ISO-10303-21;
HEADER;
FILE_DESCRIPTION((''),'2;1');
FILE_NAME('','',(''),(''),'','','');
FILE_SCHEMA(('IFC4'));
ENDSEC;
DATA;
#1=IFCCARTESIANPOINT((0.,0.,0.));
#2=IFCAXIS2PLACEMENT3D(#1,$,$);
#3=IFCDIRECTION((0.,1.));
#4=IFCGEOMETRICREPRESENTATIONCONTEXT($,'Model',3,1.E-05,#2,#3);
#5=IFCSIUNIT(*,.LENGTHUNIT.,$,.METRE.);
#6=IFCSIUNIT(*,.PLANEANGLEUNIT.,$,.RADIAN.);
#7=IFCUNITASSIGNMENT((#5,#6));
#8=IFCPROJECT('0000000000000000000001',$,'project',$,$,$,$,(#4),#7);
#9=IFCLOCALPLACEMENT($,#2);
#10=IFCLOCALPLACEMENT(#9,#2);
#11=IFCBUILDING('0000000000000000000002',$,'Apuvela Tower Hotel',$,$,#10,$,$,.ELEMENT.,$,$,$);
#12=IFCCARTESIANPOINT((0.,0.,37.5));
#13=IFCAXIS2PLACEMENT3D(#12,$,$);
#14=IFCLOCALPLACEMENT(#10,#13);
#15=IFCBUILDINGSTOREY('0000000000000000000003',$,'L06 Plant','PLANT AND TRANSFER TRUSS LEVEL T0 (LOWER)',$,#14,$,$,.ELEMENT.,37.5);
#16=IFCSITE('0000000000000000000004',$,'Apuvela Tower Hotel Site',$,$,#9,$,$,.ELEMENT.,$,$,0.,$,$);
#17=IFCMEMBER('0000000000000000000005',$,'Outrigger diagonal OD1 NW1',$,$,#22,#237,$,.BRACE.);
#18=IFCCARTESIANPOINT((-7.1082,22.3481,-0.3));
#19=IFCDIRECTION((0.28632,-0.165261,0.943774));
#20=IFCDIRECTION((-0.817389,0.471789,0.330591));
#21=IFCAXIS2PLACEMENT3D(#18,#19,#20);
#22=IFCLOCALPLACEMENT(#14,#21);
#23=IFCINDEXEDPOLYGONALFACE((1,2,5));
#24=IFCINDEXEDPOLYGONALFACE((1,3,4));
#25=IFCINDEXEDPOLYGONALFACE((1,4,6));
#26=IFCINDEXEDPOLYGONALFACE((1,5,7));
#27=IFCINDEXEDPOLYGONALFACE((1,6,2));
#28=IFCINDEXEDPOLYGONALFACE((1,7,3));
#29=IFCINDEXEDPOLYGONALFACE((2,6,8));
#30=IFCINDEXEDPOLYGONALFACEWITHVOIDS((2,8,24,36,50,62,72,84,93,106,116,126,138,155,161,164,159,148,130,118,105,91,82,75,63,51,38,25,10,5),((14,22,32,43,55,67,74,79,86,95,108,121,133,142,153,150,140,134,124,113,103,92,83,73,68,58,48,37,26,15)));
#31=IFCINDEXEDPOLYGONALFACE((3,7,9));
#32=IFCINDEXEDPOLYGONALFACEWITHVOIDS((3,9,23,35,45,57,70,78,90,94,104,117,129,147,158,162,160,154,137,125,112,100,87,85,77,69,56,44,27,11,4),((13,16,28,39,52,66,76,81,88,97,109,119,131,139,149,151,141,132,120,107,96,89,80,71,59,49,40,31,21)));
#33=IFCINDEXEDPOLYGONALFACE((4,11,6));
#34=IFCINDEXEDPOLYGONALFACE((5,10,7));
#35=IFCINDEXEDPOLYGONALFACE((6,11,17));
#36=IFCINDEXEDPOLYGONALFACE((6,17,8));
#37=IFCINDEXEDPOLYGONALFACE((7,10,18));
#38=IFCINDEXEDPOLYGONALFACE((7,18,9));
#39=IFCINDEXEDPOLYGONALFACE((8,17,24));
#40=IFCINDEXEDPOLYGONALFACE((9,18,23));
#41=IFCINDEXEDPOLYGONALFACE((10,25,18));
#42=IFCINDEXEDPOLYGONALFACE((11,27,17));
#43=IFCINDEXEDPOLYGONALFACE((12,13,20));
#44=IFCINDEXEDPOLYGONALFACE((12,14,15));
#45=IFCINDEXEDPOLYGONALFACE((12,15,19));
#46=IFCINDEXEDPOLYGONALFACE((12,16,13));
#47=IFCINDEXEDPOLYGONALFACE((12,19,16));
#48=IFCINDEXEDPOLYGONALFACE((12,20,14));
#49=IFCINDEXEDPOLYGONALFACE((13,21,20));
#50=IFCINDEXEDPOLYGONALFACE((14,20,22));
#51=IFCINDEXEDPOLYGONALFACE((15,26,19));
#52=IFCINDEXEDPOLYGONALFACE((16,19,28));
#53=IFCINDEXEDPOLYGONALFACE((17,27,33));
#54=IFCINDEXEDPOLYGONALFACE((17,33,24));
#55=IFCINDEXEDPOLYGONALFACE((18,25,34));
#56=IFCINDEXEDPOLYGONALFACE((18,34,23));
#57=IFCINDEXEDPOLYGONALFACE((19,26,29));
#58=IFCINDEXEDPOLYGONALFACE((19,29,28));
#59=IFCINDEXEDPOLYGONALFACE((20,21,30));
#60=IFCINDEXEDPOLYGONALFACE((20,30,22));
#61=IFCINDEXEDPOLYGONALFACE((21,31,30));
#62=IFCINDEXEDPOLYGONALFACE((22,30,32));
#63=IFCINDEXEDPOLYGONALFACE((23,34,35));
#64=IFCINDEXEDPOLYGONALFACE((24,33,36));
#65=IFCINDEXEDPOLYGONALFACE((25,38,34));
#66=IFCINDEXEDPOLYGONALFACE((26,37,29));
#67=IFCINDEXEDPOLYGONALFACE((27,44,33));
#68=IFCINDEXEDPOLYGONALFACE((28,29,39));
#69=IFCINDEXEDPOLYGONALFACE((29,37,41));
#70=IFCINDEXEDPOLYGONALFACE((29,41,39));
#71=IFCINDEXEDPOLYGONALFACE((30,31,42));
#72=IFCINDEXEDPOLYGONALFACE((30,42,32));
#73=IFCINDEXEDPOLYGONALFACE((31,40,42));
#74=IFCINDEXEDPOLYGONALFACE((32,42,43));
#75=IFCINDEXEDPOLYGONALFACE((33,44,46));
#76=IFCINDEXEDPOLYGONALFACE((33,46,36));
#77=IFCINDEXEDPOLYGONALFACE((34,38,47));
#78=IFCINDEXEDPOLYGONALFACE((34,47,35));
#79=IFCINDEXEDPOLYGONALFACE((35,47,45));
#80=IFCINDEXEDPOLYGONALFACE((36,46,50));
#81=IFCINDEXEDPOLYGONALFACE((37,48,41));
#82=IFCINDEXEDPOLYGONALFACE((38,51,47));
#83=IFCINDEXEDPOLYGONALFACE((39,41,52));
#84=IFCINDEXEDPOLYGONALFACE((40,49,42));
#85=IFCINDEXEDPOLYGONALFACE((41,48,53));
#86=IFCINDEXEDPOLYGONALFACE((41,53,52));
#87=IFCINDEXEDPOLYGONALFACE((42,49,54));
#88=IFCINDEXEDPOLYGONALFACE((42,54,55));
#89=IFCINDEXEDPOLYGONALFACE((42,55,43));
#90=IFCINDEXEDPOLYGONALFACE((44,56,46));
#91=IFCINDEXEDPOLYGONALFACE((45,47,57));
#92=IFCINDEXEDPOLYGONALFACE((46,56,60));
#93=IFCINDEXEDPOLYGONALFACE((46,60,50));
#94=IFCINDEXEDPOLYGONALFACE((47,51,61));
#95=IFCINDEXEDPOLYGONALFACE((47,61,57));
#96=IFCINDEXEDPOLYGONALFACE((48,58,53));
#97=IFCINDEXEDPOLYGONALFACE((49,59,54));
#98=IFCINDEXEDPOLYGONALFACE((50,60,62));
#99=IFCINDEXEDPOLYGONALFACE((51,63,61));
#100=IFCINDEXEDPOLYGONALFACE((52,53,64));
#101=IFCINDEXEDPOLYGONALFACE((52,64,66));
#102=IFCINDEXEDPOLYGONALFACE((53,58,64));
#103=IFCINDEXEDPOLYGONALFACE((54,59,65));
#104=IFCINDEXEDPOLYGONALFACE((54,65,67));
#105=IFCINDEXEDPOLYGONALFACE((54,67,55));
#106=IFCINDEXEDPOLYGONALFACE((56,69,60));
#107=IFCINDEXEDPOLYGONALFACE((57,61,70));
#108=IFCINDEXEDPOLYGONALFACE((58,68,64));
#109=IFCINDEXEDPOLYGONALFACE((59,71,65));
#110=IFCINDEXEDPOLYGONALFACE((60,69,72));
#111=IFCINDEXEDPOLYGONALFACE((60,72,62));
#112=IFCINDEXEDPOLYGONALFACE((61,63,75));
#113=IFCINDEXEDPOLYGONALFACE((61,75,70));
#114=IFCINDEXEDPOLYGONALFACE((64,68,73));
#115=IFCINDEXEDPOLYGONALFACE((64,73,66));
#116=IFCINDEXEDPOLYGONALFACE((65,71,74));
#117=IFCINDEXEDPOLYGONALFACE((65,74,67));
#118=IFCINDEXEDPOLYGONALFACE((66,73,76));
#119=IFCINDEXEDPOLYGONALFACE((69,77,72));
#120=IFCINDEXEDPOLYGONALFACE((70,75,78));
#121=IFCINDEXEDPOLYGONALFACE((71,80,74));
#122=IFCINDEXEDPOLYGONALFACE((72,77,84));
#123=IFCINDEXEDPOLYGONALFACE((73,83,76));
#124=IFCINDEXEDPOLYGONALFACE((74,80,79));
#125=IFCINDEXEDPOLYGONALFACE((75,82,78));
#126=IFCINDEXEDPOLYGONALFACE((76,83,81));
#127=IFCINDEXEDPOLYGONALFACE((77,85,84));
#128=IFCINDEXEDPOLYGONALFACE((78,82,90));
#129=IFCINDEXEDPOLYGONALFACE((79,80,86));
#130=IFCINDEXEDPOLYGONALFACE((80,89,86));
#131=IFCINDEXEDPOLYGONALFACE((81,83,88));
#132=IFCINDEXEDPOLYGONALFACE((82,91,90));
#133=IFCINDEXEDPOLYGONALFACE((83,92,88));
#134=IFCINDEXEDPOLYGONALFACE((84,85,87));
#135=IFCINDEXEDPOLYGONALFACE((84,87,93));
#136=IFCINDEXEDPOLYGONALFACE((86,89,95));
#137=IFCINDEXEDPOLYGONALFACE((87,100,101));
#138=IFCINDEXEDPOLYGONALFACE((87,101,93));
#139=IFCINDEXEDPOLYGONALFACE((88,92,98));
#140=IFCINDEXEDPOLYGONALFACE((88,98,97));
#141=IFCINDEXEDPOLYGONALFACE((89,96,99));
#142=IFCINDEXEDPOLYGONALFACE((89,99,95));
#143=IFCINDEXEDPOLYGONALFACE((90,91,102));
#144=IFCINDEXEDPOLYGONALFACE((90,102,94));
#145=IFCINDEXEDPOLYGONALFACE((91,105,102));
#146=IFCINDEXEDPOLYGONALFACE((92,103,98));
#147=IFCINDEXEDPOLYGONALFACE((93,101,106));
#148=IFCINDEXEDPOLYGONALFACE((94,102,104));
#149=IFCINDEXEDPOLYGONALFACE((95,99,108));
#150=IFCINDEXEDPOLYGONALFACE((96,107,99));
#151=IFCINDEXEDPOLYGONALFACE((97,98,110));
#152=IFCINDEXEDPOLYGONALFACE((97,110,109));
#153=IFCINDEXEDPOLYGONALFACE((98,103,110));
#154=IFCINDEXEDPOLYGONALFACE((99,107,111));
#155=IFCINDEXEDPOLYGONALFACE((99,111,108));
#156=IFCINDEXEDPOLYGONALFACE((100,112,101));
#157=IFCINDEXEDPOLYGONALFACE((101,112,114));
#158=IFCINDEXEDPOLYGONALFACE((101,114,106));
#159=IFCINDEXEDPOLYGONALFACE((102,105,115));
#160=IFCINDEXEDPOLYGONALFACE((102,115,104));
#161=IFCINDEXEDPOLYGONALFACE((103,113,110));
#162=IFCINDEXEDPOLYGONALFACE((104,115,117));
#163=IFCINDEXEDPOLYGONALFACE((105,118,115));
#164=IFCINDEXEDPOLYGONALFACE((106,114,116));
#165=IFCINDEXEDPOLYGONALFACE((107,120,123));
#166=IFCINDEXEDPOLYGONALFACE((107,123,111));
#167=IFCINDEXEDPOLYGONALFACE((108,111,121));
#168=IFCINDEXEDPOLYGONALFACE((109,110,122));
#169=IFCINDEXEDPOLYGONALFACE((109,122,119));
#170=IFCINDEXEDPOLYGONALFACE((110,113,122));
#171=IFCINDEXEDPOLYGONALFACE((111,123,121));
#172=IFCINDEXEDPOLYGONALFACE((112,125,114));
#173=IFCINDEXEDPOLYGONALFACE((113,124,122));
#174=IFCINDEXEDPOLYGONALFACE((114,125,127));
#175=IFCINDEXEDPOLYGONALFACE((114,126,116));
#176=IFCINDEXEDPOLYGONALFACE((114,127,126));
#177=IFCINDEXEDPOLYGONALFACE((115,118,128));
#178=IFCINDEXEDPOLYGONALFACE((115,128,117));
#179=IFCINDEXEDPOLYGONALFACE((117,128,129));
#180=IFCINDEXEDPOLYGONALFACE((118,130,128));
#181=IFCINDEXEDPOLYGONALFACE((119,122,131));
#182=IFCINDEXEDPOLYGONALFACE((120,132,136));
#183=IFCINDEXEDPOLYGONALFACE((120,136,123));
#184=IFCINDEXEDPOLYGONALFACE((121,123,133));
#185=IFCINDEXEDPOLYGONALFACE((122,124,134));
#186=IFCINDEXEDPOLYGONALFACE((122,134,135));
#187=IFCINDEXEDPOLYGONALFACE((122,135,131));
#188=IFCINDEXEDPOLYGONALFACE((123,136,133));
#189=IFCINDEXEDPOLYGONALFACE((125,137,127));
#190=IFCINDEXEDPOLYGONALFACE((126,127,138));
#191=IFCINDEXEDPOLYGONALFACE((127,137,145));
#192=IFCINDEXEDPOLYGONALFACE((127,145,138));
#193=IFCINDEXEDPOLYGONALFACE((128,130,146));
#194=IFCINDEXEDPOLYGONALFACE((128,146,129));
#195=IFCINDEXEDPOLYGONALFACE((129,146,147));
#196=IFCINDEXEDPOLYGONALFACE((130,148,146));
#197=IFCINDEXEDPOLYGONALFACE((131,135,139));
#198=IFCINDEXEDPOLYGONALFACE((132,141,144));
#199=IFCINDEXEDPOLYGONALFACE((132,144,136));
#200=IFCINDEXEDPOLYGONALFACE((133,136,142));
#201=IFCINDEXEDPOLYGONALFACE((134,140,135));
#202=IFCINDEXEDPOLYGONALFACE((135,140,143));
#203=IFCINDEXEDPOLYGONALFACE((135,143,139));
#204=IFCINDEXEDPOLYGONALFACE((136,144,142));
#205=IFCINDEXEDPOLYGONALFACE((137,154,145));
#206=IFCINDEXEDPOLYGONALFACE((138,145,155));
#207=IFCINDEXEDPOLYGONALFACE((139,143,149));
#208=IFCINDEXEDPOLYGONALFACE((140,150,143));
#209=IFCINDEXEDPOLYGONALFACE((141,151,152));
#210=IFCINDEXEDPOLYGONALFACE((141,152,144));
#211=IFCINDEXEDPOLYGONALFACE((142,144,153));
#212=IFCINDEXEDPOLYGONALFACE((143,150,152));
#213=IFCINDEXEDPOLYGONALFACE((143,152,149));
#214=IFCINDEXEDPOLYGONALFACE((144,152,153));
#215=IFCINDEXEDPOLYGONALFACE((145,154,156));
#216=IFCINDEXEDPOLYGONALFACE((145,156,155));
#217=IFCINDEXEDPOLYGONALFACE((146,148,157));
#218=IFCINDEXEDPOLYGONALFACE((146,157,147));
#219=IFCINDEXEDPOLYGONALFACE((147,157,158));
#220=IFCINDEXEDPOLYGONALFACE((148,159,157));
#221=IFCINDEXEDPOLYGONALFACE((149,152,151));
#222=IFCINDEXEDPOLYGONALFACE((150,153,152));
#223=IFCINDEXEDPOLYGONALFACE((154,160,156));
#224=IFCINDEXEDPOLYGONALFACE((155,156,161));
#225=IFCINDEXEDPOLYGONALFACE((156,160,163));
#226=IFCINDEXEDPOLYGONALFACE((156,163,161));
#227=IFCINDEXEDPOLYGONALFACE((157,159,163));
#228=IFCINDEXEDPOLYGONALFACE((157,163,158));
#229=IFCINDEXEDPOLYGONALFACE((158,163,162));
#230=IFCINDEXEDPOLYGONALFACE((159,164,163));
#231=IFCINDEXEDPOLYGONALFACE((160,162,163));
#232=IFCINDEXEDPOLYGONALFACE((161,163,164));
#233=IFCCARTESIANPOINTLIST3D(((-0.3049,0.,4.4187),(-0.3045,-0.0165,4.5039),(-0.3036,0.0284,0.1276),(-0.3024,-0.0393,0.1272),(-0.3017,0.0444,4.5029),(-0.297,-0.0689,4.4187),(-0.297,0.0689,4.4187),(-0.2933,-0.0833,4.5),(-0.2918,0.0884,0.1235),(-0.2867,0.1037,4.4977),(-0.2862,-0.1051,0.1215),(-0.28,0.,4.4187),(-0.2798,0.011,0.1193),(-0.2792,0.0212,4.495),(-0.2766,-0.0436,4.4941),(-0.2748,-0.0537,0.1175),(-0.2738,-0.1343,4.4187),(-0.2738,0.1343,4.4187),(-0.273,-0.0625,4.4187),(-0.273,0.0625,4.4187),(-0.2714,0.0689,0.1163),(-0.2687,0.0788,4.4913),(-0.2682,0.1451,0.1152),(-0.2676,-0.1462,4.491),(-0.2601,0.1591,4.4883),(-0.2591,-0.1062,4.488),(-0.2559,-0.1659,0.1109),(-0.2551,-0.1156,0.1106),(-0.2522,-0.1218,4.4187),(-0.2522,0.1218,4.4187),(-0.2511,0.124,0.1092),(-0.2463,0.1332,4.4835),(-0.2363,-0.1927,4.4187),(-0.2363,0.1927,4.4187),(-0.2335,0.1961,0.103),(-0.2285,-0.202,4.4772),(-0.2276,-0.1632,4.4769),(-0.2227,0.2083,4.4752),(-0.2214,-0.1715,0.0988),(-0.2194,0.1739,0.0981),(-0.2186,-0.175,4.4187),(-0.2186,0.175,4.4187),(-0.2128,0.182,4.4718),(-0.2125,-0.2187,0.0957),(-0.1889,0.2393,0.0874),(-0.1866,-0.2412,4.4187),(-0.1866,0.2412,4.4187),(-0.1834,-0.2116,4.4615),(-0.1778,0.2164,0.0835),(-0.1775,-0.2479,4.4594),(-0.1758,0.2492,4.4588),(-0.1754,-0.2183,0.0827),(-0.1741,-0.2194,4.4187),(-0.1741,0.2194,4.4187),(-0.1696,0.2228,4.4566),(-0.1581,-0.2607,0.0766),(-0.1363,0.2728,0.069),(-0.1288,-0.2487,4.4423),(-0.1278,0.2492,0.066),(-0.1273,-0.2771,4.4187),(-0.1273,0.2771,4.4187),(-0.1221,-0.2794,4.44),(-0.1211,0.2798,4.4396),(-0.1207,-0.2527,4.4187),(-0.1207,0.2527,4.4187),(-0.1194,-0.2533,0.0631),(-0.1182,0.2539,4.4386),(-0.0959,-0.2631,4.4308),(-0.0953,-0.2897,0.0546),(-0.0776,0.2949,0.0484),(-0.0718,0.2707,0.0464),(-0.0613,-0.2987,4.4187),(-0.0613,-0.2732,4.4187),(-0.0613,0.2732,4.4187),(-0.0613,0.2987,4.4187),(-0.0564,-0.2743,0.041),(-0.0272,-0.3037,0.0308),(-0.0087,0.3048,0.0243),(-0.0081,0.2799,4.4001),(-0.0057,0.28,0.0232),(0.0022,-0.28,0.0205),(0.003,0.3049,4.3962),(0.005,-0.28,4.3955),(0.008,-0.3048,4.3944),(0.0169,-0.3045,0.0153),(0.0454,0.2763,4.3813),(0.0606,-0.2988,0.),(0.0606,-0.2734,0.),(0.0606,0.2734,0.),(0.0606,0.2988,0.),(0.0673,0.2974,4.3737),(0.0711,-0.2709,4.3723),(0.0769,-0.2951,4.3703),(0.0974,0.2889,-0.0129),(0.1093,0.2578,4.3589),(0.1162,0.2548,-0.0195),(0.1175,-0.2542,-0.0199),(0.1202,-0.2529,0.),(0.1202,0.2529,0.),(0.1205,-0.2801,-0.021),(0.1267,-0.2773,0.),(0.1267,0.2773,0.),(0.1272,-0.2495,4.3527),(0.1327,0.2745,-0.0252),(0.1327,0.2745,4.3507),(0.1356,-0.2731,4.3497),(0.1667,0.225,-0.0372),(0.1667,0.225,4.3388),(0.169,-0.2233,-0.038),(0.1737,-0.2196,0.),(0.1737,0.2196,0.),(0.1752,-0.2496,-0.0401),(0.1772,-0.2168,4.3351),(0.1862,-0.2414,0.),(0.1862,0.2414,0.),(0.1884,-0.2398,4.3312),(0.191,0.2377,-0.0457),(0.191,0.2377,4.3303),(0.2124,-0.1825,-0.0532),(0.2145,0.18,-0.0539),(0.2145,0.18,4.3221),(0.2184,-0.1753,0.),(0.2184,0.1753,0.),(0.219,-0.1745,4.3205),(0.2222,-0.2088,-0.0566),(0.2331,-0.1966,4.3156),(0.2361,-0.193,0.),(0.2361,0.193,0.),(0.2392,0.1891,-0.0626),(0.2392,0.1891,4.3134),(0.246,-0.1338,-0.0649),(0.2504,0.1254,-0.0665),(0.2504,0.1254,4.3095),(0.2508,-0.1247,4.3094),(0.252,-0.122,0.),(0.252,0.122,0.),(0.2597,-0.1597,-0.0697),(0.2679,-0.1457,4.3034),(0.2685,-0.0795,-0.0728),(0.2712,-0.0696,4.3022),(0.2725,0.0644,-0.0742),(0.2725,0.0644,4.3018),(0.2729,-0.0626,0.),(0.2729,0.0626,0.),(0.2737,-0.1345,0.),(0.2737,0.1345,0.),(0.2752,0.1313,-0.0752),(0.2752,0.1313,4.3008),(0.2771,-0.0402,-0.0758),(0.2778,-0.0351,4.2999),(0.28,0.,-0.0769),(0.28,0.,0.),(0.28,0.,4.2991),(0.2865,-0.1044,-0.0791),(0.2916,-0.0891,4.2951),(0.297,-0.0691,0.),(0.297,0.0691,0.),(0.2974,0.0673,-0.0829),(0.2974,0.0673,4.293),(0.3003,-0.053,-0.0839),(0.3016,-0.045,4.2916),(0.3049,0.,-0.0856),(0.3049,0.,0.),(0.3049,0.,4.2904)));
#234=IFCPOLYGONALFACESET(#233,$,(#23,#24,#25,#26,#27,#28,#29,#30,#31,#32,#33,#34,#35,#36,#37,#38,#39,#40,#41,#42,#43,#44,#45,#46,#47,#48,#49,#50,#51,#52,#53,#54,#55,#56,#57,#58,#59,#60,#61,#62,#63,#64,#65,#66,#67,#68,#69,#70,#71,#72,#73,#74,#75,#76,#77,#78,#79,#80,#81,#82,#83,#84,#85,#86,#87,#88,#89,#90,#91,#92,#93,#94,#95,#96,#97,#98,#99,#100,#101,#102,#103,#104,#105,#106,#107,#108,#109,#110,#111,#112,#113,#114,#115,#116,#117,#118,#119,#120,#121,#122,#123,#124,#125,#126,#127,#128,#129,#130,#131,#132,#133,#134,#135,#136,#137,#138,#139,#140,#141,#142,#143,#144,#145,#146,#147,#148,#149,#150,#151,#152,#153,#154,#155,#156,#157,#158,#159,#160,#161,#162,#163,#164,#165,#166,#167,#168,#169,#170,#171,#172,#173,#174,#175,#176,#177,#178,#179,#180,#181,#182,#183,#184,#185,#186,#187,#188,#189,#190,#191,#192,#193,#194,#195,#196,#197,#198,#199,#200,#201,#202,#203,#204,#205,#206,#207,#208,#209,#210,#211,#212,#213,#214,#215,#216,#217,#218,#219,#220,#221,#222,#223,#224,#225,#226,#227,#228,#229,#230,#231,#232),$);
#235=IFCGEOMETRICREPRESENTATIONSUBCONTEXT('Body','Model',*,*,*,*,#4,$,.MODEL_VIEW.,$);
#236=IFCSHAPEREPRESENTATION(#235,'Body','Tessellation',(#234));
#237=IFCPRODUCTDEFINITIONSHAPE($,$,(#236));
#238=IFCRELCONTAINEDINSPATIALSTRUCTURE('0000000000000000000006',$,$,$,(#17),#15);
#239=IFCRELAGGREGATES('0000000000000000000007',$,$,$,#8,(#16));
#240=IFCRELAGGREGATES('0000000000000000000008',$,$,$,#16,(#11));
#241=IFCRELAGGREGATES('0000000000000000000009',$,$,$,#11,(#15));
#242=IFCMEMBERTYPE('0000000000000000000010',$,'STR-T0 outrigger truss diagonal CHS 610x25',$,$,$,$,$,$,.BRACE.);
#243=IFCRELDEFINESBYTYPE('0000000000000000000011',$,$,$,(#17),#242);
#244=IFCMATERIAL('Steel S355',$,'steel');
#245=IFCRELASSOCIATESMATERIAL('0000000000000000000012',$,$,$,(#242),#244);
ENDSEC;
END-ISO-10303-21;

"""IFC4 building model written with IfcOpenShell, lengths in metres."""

from ifc_helpers import new_model, si_unit, direction, frame, origin, origin_2d, place, context, subcontext, project, spatial, hollow_circle, extrude, boolean, halfspace, material, material_profile, profile_set, type_object, element, save


model = new_model("IFC4")

# Units and contexts
model_context = context("Model", 3, precision=1e-05, world=origin(), true_north=direction((0.0, 1.0)))
body_context = subcontext(model_context, "Body", "Model", "MODEL_VIEW")
ifc_project = project(units=[si_unit("LENGTHUNIT", "METRE"), si_unit("PLANEANGLEUNIT", "RADIAN")], contexts=[model_context])

# Site, building, storey
site_placement = place(None, origin())
site = spatial("IfcSite", under=ifc_project, at=site_placement, Name="Apuvela Tower Hotel Site", CompositionType="ELEMENT", RefElevation=0.0)
building_placement = place(site_placement, origin())
building = spatial("IfcBuilding", under=site, at=building_placement, Name="Apuvela Tower Hotel", CompositionType="ELEMENT")
storey_placement = place(building_placement, frame((0.0, 0.0, 37.5)))
storey = spatial("IfcBuildingStorey", under=building, at=storey_placement, Name="L06 Plant", Description="PLANT AND TRANSFER TRUSS LEVEL T0 (LOWER)", CompositionType="ELEMENT", Elevation=37.5)

# Member
ifc_material_1 = material(Name="Steel S355", Category="steel")
ifc_material_profile_1 = material_profile(ifc_material_1, hollow_circle(Radius=0.3049, WallThickness=0.0249, at=origin_2d()), Name="CHS 610x25")
ifc_profile_set_1 = profile_set([ifc_material_profile_1], Name="Steel S355")
member_type_1 = type_object("IfcMemberType", Name="STR-T0 outrigger truss diagonal CHS 610x25", PredefinedType="BRACE", material=ifc_profile_set_1)
member_1_placement = place(storey_placement, frame((-7.1082, 22.3481, -0.3), z_axis=(0.28632, -0.165261, 0.943774), x_axis=(-0.817389, 0.471789, 0.330591)))
solid_1 = boolean("DIFFERENCE", boolean("DIFFERENCE", extrude(hollow_circle(Radius=0.3049, WallThickness=0.0249, at=origin_2d()), frame((0.0, 0.0, -0.2268)), (0.0, 0.0, 1.0), 4.8723), halfspace(frame((0.0, 0.0, 0.0212), z_axis=(0.330591, 0.0, 0.943774), x_axis=(0.943774, 0.0, -0.330591)), True)), halfspace(frame((0.0, 0.0, 4.3972), z_axis=(0.330591, 0.0, 0.943774), x_axis=(0.943774, 0.0, -0.330591)), False))
element("IfcMember", 1, at=member_1_placement, inside=storey, type_object=member_type_1, Name="Outrigger diagonal OD1 NW1", PredefinedType="BRACE", context=body_context, shape_type="SweptSolid", body=[
    boolean("UNION", boolean("DIFFERENCE", boolean("DIFFERENCE", extrude(hollow_circle(Radius=0.3049, WallThickness=0.0249, at=origin_2d()), origin(), (0.0, 0.0, 1.0), 4.4187), halfspace(frame((0.0, 0.0, 0.0212), z_axis=(0.330591, 0.0, 0.943774), x_axis=(0.943774, 0.0, -0.330591)), True)), halfspace(frame((0.0, 0.0, 4.3972), z_axis=(0.330591, 0.0, 0.943774), x_axis=(0.943774, 0.0, -0.330591)), False)), solid_1),
])

save(model, "model.ifc")
